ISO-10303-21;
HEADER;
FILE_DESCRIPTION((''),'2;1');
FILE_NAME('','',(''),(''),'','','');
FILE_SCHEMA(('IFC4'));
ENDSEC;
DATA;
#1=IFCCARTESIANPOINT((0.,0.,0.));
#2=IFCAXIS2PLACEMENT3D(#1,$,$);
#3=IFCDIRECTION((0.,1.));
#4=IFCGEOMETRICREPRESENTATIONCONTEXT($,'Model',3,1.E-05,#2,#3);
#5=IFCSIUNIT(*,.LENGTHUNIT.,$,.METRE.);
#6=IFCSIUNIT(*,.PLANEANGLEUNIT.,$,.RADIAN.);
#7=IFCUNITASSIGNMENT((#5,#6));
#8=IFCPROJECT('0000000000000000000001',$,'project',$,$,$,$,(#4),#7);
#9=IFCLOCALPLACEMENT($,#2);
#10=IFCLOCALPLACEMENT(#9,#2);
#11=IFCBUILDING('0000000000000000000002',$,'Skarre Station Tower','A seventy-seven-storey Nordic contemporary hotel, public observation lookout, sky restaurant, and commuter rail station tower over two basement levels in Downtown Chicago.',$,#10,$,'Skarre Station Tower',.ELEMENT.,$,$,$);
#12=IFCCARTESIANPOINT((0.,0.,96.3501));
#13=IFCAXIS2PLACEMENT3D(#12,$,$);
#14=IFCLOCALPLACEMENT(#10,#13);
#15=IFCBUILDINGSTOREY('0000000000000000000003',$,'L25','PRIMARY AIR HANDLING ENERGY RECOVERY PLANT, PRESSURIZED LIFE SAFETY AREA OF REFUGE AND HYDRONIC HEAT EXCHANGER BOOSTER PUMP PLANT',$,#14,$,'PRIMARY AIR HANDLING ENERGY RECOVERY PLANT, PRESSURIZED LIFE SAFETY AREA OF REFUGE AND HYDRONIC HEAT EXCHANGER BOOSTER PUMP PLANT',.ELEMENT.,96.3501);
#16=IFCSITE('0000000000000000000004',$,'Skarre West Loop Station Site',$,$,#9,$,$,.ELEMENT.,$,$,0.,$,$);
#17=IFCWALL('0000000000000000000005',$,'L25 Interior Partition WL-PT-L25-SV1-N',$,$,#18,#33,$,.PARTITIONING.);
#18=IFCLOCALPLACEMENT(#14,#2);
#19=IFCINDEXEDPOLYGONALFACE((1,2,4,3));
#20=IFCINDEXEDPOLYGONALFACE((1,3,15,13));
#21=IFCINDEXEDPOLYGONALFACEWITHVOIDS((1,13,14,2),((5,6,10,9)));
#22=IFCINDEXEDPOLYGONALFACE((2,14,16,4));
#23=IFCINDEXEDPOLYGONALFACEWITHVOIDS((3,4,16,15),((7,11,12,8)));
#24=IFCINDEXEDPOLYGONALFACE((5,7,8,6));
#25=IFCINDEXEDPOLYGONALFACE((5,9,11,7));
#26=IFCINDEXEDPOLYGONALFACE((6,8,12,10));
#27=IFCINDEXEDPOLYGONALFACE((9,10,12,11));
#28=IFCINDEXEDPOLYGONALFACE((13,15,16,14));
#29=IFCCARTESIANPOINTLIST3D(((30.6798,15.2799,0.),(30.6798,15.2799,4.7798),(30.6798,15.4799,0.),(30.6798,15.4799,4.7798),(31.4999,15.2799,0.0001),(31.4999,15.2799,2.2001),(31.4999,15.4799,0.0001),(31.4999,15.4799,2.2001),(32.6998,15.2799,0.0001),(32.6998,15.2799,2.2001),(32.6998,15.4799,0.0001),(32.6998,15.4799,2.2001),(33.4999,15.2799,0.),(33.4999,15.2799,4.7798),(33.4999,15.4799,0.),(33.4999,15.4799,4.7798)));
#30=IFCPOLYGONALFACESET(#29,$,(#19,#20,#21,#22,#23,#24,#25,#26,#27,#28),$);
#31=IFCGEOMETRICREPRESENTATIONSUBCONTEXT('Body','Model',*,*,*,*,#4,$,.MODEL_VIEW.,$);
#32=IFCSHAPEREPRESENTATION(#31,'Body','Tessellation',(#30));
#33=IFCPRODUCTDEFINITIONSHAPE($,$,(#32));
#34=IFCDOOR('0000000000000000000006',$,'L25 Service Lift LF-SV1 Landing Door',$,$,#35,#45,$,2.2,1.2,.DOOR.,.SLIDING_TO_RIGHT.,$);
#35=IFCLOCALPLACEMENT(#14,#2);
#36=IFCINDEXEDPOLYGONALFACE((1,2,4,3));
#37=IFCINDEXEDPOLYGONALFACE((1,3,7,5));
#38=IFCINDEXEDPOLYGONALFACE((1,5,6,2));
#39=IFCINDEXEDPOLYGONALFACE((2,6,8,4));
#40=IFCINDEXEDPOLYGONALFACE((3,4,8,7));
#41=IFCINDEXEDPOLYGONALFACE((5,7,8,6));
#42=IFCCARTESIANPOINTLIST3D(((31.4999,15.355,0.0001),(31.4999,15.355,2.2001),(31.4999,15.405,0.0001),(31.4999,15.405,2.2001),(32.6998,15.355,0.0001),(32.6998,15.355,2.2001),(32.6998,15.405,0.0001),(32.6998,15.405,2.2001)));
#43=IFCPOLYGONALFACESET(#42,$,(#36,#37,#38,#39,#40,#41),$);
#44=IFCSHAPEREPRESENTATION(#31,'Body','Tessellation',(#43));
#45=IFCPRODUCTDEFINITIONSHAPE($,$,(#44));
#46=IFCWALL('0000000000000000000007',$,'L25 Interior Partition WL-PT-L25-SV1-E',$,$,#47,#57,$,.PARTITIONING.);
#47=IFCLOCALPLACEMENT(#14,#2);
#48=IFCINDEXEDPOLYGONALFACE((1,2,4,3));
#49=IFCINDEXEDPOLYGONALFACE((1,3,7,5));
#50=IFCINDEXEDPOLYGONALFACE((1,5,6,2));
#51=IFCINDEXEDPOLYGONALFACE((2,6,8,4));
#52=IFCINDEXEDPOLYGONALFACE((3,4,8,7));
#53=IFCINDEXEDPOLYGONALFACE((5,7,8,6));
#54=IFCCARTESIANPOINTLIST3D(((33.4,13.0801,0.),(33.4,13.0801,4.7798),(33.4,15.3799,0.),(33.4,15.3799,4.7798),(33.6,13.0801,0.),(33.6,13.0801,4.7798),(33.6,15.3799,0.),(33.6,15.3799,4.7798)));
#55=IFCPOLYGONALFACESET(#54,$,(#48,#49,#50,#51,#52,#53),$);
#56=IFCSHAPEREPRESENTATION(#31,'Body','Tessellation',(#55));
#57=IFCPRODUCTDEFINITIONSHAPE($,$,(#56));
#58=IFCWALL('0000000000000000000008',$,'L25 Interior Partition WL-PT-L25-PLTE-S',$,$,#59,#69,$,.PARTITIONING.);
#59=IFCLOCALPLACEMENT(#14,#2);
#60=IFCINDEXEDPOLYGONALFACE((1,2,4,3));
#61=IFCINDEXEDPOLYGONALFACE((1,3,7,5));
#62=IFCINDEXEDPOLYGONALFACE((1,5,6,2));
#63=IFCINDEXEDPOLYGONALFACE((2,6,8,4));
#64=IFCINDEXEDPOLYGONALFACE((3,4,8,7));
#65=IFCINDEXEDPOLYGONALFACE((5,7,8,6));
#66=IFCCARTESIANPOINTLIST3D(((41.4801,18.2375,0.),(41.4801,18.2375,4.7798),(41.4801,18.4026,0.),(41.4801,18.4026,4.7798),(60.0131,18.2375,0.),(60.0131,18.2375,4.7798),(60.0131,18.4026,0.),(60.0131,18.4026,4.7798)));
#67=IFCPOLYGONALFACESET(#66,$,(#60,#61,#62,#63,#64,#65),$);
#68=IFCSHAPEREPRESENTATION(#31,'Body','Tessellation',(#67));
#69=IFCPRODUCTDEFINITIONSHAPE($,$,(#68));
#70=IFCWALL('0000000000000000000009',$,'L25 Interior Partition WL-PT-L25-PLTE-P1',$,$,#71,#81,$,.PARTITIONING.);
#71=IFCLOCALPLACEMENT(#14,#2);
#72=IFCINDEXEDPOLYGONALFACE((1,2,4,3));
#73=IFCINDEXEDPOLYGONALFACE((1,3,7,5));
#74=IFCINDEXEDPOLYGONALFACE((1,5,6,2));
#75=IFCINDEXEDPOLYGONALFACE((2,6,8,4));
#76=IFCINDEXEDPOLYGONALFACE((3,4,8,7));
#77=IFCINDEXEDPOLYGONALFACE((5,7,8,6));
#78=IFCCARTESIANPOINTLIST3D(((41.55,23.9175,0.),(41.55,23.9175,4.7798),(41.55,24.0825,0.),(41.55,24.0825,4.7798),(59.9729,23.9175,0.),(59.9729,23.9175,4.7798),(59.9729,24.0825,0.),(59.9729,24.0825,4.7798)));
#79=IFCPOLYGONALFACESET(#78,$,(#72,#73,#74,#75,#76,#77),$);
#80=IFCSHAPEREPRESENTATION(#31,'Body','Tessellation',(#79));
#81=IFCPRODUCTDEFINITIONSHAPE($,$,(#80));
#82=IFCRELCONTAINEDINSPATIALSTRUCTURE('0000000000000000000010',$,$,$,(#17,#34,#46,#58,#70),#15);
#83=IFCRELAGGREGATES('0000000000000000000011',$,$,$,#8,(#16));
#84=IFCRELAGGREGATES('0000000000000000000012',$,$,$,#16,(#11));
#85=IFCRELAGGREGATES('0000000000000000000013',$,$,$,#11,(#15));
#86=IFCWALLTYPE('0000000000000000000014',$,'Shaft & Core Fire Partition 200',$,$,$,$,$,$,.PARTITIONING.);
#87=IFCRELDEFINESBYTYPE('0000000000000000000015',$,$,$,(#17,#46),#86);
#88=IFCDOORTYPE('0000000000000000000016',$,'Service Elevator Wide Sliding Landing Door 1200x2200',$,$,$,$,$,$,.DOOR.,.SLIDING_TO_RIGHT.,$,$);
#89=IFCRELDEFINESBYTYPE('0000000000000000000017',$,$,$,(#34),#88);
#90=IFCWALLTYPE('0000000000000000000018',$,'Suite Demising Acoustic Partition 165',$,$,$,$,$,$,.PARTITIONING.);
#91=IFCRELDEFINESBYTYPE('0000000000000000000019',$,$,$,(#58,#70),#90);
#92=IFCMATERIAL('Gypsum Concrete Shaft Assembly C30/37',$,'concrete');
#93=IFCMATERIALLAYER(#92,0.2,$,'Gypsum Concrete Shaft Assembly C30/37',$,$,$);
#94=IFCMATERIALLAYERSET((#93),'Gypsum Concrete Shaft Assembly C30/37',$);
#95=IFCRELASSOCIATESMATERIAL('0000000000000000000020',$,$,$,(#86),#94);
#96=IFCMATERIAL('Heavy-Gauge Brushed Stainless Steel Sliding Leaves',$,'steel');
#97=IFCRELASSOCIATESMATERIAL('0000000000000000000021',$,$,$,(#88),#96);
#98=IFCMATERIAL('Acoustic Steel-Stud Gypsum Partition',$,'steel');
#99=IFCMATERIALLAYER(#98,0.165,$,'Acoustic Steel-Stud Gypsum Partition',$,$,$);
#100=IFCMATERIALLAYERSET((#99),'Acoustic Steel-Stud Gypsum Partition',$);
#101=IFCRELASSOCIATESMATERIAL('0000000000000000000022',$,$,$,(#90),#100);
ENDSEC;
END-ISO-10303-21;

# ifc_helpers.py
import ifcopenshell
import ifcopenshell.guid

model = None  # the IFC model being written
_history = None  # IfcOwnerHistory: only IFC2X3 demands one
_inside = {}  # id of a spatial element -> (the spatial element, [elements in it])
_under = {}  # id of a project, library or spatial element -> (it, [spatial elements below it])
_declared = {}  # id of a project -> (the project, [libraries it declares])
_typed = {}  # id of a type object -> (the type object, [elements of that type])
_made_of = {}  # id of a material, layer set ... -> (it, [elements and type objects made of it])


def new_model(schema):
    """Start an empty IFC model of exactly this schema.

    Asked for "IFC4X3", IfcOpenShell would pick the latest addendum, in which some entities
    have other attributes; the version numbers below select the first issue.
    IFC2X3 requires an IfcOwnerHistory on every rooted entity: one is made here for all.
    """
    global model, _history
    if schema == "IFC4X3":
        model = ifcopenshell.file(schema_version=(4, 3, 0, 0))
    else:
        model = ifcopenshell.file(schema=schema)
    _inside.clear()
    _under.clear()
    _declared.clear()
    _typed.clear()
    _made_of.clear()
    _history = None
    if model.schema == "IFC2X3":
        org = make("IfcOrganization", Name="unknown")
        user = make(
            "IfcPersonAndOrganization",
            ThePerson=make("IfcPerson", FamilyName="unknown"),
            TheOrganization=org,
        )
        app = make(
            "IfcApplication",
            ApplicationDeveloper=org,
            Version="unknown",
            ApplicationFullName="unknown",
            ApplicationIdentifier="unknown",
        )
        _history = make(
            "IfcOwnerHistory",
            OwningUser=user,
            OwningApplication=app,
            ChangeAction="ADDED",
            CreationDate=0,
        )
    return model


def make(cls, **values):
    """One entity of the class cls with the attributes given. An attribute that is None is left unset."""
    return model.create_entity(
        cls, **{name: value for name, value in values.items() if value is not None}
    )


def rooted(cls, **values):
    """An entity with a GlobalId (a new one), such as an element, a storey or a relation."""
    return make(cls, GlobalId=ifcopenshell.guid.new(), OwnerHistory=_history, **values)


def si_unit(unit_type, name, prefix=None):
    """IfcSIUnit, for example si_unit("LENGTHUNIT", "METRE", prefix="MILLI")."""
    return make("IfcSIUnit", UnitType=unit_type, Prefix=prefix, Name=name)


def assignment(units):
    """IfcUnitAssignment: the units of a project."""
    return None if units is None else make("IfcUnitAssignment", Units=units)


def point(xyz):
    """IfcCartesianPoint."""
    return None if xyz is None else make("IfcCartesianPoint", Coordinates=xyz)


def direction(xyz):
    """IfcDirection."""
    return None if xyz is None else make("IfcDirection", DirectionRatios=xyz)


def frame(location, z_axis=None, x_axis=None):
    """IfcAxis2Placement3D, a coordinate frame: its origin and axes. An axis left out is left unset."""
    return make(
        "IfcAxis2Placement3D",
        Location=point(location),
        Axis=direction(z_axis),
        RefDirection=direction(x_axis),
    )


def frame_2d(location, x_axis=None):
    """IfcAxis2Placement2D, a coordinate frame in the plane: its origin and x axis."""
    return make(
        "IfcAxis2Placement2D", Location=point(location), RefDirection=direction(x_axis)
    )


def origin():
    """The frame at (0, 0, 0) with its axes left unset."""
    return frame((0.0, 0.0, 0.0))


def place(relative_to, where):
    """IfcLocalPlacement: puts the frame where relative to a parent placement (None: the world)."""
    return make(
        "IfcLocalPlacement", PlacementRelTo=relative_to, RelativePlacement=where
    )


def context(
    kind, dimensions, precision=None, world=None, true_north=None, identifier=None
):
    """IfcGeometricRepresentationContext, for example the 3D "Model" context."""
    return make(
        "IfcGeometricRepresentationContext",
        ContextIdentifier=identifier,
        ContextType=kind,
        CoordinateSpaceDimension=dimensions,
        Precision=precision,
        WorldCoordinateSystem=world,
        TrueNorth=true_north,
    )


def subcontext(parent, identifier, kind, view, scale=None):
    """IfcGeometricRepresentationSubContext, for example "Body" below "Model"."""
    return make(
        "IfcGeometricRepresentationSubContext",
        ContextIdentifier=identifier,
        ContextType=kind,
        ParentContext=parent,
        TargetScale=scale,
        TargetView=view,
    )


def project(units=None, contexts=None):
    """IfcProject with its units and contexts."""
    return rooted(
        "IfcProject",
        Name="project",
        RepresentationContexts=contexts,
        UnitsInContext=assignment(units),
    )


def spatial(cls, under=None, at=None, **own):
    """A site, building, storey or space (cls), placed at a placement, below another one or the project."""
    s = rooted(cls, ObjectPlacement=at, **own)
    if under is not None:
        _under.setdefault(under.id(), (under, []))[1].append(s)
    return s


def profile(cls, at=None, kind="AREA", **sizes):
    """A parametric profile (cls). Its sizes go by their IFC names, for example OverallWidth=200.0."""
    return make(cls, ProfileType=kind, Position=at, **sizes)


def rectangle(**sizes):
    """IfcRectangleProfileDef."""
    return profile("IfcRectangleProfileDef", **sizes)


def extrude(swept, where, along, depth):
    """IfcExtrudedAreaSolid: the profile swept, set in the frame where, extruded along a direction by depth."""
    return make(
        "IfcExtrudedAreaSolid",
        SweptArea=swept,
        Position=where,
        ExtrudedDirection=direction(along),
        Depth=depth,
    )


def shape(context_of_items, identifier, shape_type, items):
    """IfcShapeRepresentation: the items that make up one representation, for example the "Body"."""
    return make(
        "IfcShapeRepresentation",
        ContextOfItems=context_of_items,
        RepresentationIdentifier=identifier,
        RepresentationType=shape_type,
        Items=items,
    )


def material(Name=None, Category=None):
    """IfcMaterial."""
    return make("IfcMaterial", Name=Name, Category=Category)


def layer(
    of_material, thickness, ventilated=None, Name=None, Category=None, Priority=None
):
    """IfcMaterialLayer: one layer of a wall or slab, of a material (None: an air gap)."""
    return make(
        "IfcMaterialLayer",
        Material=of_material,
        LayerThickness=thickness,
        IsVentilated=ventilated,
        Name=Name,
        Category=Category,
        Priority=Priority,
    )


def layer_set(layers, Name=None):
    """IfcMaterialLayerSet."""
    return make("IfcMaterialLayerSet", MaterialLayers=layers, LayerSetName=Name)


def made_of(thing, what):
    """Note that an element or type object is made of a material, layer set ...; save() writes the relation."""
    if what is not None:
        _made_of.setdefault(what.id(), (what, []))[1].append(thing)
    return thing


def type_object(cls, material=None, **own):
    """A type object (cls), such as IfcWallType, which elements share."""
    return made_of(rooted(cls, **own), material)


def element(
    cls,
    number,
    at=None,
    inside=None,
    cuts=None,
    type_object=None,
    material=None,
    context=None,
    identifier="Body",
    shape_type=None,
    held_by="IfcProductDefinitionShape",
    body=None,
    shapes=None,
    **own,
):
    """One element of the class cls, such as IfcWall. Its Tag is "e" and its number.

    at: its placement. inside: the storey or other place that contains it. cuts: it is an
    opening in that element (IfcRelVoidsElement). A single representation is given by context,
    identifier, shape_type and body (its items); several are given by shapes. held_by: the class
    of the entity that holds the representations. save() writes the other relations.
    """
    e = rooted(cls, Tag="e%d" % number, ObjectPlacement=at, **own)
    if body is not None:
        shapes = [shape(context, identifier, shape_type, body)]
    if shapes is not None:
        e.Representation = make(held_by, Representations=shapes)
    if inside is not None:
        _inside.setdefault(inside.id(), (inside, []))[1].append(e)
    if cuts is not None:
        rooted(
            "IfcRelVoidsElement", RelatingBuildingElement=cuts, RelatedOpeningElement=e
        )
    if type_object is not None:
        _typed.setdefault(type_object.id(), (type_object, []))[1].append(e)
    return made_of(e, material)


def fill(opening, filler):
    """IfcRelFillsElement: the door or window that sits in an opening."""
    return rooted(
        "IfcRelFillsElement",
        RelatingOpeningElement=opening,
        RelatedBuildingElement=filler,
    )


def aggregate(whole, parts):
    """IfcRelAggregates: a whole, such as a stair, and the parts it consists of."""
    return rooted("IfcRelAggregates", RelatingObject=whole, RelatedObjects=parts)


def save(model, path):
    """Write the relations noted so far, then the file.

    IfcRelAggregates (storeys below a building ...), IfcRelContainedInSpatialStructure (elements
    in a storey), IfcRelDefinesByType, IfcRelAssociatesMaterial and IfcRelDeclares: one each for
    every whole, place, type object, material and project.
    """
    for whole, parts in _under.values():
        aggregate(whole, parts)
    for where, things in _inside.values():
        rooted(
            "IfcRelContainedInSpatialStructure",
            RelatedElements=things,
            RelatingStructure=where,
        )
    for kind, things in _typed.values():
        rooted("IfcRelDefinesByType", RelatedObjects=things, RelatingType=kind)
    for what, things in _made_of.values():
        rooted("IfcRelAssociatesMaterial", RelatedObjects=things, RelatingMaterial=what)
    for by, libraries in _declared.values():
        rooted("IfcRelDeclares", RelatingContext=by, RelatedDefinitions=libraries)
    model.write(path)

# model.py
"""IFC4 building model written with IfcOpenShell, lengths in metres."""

from ifc_helpers import new_model, si_unit, direction, frame, frame_2d, origin, place, context, subcontext, project, spatial, rectangle, extrude, material, layer, layer_set, type_object, element, fill, save


model = new_model("IFC4")

# Units and contexts
model_context = context("Model", 3, precision=1e-05, world=origin(), true_north=direction((0.0, 1.0)))
body_context = subcontext(model_context, "Body", "Model", "MODEL_VIEW")
ifc_project = project(units=[si_unit("LENGTHUNIT", "METRE"), si_unit("PLANEANGLEUNIT", "RADIAN")], contexts=[model_context])

# Site, building, storey
site_placement = place(None, origin())
site = spatial("IfcSite", under=ifc_project, at=site_placement, Name="Skarre West Loop Station Site", CompositionType="ELEMENT", RefElevation=0.0)
building_placement = place(site_placement, origin())
building = spatial("IfcBuilding", under=site, at=building_placement, Name="Skarre Station Tower", Description="A seventy-seven-storey Nordic contemporary hotel, public observation lookout, sky restaurant, and commuter rail station tower over two basement levels in Downtown Chicago.", LongName="Skarre Station Tower", CompositionType="ELEMENT")
storey_placement = place(building_placement, frame((0.0, 0.0, 96.3501)))
storey = spatial("IfcBuildingStorey", under=building, at=storey_placement, Name="L25", Description="PRIMARY AIR HANDLING ENERGY RECOVERY PLANT, PRESSURIZED LIFE SAFETY AREA OF REFUGE AND HYDRONIC HEAT EXCHANGER BOOSTER PUMP PLANT", LongName="PRIMARY AIR HANDLING ENERGY RECOVERY PLANT, PRESSURIZED LIFE SAFETY AREA OF REFUGE AND HYDRONIC HEAT EXCHANGER BOOSTER PUMP PLANT", CompositionType="ELEMENT", Elevation=96.3501)

# Shared definitions
ifc_material_1 = material(Name="Acoustic Steel-Stud Gypsum Partition", Category="steel")

# Wall, opening, door
ifc_material_2 = material(Name="Gypsum Concrete Shaft Assembly C30/37", Category="concrete")
ifc_layer_1 = layer(ifc_material_2, 0.2, Name="Gypsum Concrete Shaft Assembly C30/37")
ifc_layer_set_1 = layer_set([ifc_layer_1], Name="Gypsum Concrete Shaft Assembly C30/37")
wall_type_1 = type_object("IfcWallType", Name="Shaft & Core Fire Partition 200", PredefinedType="PARTITIONING", material=ifc_layer_set_1)
wall_1_placement = place(storey_placement, frame((33.5, 15.3799, 0.0), z_axis=(0.0, 0.0, 1.0), x_axis=(-1.0, 0.0, 0.0)))
wall_1 = element("IfcWall", 1, at=wall_1_placement, inside=storey, type_object=wall_type_1, Name="L25 Interior Partition WL-PT-L25-SV1-N", PredefinedType="PARTITIONING", context=body_context, shape_type="SweptSolid", body=[
    extrude(rectangle(XDim=2.8201, YDim=0.2, at=frame_2d((1.4102, 0.0))), origin(), (0.0, 0.0, 1.0), 4.7798),
])
opening_1_placement = place(wall_1_placement, frame((0.8, 0.0, 0.0)))
opening_1 = element("IfcOpeningElement", 2, at=opening_1_placement, cuts=wall_1, PredefinedType="OPENING", context=body_context, shape_type="SweptSolid", body=[
    extrude(rectangle(XDim=1.2, YDim=2.2, at=frame_2d((0.6001, 1.1001))), frame((0.0, 0.1099, 0.0), z_axis=(0.0, -1.0, 0.0), x_axis=(1.0, 0.0, 0.0)), (0.0, 0.0, 1.0), 0.22),
])
ifc_material_3 = material(Name="Heavy-Gauge Brushed Stainless Steel Sliding Leaves", Category="steel")
door_type_1 = type_object("IfcDoorType", Name="Service Elevator Wide Sliding Landing Door 1200x2200", OperationType="SLIDING_TO_RIGHT", PredefinedType="DOOR", material=ifc_material_3)
door_1_placement = place(opening_1_placement, origin())
door_1 = element("IfcDoor", 3, at=door_1_placement, inside=storey, type_object=door_type_1, Name="L25 Service Lift LF-SV1 Landing Door", OperationType="SLIDING_TO_RIGHT", OverallHeight=2.2, OverallWidth=1.2, PredefinedType="DOOR", context=body_context, shape_type="SweptSolid", body=[
    extrude(rectangle(XDim=1.2, YDim=2.2, at=frame_2d((0.6001, 1.1001))), frame((0.0, 0.0249, 0.0), z_axis=(0.0, -1.0, 0.0), x_axis=(1.0, 0.0, 0.0)), (0.0, 0.0, 1.0), 0.05),
])
fill(opening_1, door_1)

# Walls
wall_2_placement = place(storey_placement, frame((33.5, 13.0801, 0.0), z_axis=(0.0, 0.0, 1.0), x_axis=(0.0, 1.0, 0.0)))
element("IfcWall", 4, at=wall_2_placement, inside=storey, type_object=wall_type_1, Name="L25 Interior Partition WL-PT-L25-SV1-E", PredefinedType="PARTITIONING", context=body_context, shape_type="SweptSolid", body=[
    extrude(rectangle(XDim=2.2998, YDim=0.2, at=frame_2d((1.1499, 0.0))), origin(), (0.0, 0.0, 1.0), 4.7798),
])
ifc_layer_2 = layer(ifc_material_1, 0.165, Name="Acoustic Steel-Stud Gypsum Partition")
ifc_layer_set_2 = layer_set([ifc_layer_2], Name="Acoustic Steel-Stud Gypsum Partition")
wall_type_2 = type_object("IfcWallType", Name="Suite Demising Acoustic Partition 165", PredefinedType="PARTITIONING", material=ifc_layer_set_2)
wall_3_placement = place(storey_placement, frame((41.48, 18.3201, 0.0), z_axis=(0.0, 0.0, 1.0), x_axis=(1.0, 0.0, 0.0)))
element("IfcWall", 5, at=wall_3_placement, inside=storey, type_object=wall_type_2, Name="L25 Interior Partition WL-PT-L25-PLTE-S", PredefinedType="PARTITIONING", context=body_context, shape_type="SweptSolid", body=[
    extrude(rectangle(XDim=18.533, YDim=0.165, at=frame_2d((9.2666, 0.0))), origin(), (0.0, 0.0, 1.0), 4.7798),
])
wall_4_placement = place(storey_placement, frame((41.55, 24.0, 0.0), z_axis=(0.0, 0.0, 1.0), x_axis=(1.0, 0.0, 0.0)))
element("IfcWall", 6, at=wall_4_placement, inside=storey, type_object=wall_type_2, Name="L25 Interior Partition WL-PT-L25-PLTE-P1", PredefinedType="PARTITIONING", context=body_context, shape_type="SweptSolid", body=[
    extrude(rectangle(XDim=18.4229, YDim=0.165, at=frame_2d((9.2114, 0.0))), origin(), (0.0, 0.0, 1.0), 4.7798),
])

save(model, "model.ifc")
